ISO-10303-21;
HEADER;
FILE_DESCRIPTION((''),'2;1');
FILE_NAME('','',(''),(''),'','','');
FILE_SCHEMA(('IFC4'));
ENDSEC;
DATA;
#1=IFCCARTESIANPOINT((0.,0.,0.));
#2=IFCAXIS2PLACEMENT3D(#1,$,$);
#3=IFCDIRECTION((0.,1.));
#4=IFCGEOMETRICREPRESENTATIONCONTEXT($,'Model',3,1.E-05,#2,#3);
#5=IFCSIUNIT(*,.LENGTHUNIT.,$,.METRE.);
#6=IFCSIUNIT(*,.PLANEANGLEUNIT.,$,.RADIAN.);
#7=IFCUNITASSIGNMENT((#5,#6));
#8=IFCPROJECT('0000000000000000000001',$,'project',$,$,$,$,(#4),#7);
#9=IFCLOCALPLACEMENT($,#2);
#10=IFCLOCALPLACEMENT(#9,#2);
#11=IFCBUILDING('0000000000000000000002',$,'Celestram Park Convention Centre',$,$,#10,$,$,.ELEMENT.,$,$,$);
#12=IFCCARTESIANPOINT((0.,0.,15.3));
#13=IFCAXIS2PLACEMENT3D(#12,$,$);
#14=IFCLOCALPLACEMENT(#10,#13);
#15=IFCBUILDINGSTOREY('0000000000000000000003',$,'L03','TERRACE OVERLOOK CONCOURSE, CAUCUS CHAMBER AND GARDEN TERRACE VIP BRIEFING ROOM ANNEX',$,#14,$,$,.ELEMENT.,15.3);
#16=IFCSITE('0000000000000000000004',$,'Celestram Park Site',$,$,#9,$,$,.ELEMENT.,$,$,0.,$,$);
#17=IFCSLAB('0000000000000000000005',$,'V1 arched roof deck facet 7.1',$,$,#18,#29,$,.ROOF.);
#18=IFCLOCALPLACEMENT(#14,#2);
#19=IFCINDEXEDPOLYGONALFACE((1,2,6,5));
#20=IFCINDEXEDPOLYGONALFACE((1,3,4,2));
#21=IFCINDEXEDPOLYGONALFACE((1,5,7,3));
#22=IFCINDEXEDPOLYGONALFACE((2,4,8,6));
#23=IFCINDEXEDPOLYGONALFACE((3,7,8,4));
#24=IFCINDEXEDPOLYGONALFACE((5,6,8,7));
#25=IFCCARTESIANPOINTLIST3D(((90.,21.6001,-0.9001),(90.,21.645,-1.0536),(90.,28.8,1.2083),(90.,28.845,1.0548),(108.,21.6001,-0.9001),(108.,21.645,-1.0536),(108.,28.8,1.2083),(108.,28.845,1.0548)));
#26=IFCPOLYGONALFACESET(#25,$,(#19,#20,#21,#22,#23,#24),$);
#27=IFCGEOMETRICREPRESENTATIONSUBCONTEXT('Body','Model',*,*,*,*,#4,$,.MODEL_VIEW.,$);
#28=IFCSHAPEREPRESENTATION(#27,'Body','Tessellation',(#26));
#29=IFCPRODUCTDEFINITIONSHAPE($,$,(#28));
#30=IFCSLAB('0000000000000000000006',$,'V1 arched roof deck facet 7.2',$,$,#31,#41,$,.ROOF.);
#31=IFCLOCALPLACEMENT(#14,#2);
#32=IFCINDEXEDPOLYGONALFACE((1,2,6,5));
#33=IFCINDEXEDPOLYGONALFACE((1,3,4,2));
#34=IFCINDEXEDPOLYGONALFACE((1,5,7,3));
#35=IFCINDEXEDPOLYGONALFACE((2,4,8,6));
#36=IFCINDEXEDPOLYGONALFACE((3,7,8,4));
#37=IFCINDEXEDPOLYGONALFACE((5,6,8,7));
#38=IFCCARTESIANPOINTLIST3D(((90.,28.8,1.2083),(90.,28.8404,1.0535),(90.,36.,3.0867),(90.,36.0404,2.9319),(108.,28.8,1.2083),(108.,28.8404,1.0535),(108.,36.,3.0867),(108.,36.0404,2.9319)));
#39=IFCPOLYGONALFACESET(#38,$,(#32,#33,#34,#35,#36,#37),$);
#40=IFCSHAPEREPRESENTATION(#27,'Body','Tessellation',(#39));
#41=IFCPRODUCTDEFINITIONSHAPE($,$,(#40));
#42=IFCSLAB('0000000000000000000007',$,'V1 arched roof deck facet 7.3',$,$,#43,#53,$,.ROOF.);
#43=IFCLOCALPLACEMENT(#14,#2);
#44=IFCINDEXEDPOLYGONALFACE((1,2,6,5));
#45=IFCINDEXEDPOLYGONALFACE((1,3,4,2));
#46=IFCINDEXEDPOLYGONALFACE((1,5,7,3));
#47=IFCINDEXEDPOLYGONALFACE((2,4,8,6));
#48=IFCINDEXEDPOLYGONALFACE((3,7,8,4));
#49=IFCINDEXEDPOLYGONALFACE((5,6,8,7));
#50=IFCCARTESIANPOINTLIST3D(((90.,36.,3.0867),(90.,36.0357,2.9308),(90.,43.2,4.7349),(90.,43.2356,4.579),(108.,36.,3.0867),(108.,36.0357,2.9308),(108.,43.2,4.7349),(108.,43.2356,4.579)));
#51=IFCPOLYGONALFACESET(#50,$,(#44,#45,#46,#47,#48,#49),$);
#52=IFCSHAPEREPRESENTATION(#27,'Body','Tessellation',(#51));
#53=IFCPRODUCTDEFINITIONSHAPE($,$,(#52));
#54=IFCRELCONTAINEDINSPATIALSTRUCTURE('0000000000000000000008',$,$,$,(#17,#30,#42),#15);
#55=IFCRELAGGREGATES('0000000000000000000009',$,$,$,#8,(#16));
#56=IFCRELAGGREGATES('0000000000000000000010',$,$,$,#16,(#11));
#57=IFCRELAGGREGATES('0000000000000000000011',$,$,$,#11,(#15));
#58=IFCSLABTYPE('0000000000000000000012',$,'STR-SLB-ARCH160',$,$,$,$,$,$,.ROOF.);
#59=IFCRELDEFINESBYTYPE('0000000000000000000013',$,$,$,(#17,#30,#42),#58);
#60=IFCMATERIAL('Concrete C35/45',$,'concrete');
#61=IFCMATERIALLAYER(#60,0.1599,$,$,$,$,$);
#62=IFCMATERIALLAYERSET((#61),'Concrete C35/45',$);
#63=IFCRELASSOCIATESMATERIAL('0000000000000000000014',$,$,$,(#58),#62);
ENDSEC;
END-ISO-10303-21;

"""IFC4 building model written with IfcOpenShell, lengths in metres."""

from ifc_helpers import new_model, si_unit, direction, frame, origin, place, context, subcontext, project, spatial, polyline, outline, extrude, material, layer, layer_set, type_object, element, save


model = new_model("IFC4")

# Units and contexts
model_context = context("Model", 3, precision=1e-05, world=origin(), true_north=direction((0.0, 1.0)))
body_context = subcontext(model_context, "Body", "Model", "MODEL_VIEW")
ifc_project = project(units=[si_unit("LENGTHUNIT", "METRE"), si_unit("PLANEANGLEUNIT", "RADIAN")], contexts=[model_context])

# Site, building, storey
site_placement = place(None, origin())
site = spatial("IfcSite", under=ifc_project, at=site_placement, Name="Celestram Park Site", CompositionType="ELEMENT", RefElevation=0.0)
building_placement = place(site_placement, origin())
building = spatial("IfcBuilding", under=site, at=building_placement, Name="Celestram Park Convention Centre", CompositionType="ELEMENT")
storey_placement = place(building_placement, frame((0.0, 0.0, 15.3)))
storey = spatial("IfcBuildingStorey", under=building, at=storey_placement, Name="L03", Description="TERRACE OVERLOOK CONCOURSE, CAUCUS CHAMBER AND GARDEN TERRACE VIP BRIEFING ROOM ANNEX", CompositionType="ELEMENT", Elevation=15.3)

# Slabs
ifc_material_1 = material(Name="Concrete C35/45", Category="concrete")
ifc_layer_1 = layer(ifc_material_1, 0.1599)
ifc_layer_set_1 = layer_set([ifc_layer_1], Name="Concrete C35/45")
slab_type = type_object("IfcSlabType", Name="STR-SLB-ARCH160", PredefinedType="ROOF", material=ifc_layer_set_1)
slab_1_placement = place(storey_placement, frame((90.0, 21.6001, -0.9001), z_axis=(0.0, -0.281033, 0.959698), x_axis=(1.0, 0.0, 0.0)))
element("IfcSlab", 1, at=slab_1_placement, inside=storey, type_object=slab_type, Name="V1 arched roof deck facet 7.1", PredefinedType="ROOF", context=body_context, shape_type="SweptSolid", body=[
    extrude(outline(polyline([(0.0, 0.0), (18.0, 0.0), (18.0, 7.5023), (0.0, 7.5023), (0.0, 0.0)])), origin(), (0.0, 0.0, -1.0), 0.1599),
])
slab_2_placement = place(storey_placement, frame((90.0, 28.8, 1.2083), z_axis=(0.0, -0.252443, 0.967612), x_axis=(1.0, 0.0, 0.0)))
element("IfcSlab", 2, at=slab_2_placement, inside=storey, type_object=slab_type, Name="V1 arched roof deck facet 7.2", PredefinedType="ROOF", context=body_context, shape_type="SweptSolid", body=[
    extrude(outline(polyline([(0.0, 0.0), (18.0, 0.0), (18.0, 7.441), (0.0, 7.441), (0.0, 0.0)])), origin(), (0.0, 0.0, -1.0), 0.1599),
])
slab_3_placement = place(storey_placement, frame((90.0, 36.0, 3.0867), z_axis=(0.0, -0.223145, 0.974785), x_axis=(1.0, 0.0, 0.0)))
element("IfcSlab", 3, at=slab_3_placement, inside=storey, type_object=slab_type, Name="V1 arched roof deck facet 7.3", PredefinedType="ROOF", context=body_context, shape_type="SweptSolid", body=[
    extrude(outline(polyline([(0.0, 0.0), (18.0, 0.0), (18.0, 7.3862), (0.0, 7.3862), (0.0, 0.0)])), origin(), (0.0, 0.0, -1.0), 0.1599),
])

save(model, "model.ifc")
